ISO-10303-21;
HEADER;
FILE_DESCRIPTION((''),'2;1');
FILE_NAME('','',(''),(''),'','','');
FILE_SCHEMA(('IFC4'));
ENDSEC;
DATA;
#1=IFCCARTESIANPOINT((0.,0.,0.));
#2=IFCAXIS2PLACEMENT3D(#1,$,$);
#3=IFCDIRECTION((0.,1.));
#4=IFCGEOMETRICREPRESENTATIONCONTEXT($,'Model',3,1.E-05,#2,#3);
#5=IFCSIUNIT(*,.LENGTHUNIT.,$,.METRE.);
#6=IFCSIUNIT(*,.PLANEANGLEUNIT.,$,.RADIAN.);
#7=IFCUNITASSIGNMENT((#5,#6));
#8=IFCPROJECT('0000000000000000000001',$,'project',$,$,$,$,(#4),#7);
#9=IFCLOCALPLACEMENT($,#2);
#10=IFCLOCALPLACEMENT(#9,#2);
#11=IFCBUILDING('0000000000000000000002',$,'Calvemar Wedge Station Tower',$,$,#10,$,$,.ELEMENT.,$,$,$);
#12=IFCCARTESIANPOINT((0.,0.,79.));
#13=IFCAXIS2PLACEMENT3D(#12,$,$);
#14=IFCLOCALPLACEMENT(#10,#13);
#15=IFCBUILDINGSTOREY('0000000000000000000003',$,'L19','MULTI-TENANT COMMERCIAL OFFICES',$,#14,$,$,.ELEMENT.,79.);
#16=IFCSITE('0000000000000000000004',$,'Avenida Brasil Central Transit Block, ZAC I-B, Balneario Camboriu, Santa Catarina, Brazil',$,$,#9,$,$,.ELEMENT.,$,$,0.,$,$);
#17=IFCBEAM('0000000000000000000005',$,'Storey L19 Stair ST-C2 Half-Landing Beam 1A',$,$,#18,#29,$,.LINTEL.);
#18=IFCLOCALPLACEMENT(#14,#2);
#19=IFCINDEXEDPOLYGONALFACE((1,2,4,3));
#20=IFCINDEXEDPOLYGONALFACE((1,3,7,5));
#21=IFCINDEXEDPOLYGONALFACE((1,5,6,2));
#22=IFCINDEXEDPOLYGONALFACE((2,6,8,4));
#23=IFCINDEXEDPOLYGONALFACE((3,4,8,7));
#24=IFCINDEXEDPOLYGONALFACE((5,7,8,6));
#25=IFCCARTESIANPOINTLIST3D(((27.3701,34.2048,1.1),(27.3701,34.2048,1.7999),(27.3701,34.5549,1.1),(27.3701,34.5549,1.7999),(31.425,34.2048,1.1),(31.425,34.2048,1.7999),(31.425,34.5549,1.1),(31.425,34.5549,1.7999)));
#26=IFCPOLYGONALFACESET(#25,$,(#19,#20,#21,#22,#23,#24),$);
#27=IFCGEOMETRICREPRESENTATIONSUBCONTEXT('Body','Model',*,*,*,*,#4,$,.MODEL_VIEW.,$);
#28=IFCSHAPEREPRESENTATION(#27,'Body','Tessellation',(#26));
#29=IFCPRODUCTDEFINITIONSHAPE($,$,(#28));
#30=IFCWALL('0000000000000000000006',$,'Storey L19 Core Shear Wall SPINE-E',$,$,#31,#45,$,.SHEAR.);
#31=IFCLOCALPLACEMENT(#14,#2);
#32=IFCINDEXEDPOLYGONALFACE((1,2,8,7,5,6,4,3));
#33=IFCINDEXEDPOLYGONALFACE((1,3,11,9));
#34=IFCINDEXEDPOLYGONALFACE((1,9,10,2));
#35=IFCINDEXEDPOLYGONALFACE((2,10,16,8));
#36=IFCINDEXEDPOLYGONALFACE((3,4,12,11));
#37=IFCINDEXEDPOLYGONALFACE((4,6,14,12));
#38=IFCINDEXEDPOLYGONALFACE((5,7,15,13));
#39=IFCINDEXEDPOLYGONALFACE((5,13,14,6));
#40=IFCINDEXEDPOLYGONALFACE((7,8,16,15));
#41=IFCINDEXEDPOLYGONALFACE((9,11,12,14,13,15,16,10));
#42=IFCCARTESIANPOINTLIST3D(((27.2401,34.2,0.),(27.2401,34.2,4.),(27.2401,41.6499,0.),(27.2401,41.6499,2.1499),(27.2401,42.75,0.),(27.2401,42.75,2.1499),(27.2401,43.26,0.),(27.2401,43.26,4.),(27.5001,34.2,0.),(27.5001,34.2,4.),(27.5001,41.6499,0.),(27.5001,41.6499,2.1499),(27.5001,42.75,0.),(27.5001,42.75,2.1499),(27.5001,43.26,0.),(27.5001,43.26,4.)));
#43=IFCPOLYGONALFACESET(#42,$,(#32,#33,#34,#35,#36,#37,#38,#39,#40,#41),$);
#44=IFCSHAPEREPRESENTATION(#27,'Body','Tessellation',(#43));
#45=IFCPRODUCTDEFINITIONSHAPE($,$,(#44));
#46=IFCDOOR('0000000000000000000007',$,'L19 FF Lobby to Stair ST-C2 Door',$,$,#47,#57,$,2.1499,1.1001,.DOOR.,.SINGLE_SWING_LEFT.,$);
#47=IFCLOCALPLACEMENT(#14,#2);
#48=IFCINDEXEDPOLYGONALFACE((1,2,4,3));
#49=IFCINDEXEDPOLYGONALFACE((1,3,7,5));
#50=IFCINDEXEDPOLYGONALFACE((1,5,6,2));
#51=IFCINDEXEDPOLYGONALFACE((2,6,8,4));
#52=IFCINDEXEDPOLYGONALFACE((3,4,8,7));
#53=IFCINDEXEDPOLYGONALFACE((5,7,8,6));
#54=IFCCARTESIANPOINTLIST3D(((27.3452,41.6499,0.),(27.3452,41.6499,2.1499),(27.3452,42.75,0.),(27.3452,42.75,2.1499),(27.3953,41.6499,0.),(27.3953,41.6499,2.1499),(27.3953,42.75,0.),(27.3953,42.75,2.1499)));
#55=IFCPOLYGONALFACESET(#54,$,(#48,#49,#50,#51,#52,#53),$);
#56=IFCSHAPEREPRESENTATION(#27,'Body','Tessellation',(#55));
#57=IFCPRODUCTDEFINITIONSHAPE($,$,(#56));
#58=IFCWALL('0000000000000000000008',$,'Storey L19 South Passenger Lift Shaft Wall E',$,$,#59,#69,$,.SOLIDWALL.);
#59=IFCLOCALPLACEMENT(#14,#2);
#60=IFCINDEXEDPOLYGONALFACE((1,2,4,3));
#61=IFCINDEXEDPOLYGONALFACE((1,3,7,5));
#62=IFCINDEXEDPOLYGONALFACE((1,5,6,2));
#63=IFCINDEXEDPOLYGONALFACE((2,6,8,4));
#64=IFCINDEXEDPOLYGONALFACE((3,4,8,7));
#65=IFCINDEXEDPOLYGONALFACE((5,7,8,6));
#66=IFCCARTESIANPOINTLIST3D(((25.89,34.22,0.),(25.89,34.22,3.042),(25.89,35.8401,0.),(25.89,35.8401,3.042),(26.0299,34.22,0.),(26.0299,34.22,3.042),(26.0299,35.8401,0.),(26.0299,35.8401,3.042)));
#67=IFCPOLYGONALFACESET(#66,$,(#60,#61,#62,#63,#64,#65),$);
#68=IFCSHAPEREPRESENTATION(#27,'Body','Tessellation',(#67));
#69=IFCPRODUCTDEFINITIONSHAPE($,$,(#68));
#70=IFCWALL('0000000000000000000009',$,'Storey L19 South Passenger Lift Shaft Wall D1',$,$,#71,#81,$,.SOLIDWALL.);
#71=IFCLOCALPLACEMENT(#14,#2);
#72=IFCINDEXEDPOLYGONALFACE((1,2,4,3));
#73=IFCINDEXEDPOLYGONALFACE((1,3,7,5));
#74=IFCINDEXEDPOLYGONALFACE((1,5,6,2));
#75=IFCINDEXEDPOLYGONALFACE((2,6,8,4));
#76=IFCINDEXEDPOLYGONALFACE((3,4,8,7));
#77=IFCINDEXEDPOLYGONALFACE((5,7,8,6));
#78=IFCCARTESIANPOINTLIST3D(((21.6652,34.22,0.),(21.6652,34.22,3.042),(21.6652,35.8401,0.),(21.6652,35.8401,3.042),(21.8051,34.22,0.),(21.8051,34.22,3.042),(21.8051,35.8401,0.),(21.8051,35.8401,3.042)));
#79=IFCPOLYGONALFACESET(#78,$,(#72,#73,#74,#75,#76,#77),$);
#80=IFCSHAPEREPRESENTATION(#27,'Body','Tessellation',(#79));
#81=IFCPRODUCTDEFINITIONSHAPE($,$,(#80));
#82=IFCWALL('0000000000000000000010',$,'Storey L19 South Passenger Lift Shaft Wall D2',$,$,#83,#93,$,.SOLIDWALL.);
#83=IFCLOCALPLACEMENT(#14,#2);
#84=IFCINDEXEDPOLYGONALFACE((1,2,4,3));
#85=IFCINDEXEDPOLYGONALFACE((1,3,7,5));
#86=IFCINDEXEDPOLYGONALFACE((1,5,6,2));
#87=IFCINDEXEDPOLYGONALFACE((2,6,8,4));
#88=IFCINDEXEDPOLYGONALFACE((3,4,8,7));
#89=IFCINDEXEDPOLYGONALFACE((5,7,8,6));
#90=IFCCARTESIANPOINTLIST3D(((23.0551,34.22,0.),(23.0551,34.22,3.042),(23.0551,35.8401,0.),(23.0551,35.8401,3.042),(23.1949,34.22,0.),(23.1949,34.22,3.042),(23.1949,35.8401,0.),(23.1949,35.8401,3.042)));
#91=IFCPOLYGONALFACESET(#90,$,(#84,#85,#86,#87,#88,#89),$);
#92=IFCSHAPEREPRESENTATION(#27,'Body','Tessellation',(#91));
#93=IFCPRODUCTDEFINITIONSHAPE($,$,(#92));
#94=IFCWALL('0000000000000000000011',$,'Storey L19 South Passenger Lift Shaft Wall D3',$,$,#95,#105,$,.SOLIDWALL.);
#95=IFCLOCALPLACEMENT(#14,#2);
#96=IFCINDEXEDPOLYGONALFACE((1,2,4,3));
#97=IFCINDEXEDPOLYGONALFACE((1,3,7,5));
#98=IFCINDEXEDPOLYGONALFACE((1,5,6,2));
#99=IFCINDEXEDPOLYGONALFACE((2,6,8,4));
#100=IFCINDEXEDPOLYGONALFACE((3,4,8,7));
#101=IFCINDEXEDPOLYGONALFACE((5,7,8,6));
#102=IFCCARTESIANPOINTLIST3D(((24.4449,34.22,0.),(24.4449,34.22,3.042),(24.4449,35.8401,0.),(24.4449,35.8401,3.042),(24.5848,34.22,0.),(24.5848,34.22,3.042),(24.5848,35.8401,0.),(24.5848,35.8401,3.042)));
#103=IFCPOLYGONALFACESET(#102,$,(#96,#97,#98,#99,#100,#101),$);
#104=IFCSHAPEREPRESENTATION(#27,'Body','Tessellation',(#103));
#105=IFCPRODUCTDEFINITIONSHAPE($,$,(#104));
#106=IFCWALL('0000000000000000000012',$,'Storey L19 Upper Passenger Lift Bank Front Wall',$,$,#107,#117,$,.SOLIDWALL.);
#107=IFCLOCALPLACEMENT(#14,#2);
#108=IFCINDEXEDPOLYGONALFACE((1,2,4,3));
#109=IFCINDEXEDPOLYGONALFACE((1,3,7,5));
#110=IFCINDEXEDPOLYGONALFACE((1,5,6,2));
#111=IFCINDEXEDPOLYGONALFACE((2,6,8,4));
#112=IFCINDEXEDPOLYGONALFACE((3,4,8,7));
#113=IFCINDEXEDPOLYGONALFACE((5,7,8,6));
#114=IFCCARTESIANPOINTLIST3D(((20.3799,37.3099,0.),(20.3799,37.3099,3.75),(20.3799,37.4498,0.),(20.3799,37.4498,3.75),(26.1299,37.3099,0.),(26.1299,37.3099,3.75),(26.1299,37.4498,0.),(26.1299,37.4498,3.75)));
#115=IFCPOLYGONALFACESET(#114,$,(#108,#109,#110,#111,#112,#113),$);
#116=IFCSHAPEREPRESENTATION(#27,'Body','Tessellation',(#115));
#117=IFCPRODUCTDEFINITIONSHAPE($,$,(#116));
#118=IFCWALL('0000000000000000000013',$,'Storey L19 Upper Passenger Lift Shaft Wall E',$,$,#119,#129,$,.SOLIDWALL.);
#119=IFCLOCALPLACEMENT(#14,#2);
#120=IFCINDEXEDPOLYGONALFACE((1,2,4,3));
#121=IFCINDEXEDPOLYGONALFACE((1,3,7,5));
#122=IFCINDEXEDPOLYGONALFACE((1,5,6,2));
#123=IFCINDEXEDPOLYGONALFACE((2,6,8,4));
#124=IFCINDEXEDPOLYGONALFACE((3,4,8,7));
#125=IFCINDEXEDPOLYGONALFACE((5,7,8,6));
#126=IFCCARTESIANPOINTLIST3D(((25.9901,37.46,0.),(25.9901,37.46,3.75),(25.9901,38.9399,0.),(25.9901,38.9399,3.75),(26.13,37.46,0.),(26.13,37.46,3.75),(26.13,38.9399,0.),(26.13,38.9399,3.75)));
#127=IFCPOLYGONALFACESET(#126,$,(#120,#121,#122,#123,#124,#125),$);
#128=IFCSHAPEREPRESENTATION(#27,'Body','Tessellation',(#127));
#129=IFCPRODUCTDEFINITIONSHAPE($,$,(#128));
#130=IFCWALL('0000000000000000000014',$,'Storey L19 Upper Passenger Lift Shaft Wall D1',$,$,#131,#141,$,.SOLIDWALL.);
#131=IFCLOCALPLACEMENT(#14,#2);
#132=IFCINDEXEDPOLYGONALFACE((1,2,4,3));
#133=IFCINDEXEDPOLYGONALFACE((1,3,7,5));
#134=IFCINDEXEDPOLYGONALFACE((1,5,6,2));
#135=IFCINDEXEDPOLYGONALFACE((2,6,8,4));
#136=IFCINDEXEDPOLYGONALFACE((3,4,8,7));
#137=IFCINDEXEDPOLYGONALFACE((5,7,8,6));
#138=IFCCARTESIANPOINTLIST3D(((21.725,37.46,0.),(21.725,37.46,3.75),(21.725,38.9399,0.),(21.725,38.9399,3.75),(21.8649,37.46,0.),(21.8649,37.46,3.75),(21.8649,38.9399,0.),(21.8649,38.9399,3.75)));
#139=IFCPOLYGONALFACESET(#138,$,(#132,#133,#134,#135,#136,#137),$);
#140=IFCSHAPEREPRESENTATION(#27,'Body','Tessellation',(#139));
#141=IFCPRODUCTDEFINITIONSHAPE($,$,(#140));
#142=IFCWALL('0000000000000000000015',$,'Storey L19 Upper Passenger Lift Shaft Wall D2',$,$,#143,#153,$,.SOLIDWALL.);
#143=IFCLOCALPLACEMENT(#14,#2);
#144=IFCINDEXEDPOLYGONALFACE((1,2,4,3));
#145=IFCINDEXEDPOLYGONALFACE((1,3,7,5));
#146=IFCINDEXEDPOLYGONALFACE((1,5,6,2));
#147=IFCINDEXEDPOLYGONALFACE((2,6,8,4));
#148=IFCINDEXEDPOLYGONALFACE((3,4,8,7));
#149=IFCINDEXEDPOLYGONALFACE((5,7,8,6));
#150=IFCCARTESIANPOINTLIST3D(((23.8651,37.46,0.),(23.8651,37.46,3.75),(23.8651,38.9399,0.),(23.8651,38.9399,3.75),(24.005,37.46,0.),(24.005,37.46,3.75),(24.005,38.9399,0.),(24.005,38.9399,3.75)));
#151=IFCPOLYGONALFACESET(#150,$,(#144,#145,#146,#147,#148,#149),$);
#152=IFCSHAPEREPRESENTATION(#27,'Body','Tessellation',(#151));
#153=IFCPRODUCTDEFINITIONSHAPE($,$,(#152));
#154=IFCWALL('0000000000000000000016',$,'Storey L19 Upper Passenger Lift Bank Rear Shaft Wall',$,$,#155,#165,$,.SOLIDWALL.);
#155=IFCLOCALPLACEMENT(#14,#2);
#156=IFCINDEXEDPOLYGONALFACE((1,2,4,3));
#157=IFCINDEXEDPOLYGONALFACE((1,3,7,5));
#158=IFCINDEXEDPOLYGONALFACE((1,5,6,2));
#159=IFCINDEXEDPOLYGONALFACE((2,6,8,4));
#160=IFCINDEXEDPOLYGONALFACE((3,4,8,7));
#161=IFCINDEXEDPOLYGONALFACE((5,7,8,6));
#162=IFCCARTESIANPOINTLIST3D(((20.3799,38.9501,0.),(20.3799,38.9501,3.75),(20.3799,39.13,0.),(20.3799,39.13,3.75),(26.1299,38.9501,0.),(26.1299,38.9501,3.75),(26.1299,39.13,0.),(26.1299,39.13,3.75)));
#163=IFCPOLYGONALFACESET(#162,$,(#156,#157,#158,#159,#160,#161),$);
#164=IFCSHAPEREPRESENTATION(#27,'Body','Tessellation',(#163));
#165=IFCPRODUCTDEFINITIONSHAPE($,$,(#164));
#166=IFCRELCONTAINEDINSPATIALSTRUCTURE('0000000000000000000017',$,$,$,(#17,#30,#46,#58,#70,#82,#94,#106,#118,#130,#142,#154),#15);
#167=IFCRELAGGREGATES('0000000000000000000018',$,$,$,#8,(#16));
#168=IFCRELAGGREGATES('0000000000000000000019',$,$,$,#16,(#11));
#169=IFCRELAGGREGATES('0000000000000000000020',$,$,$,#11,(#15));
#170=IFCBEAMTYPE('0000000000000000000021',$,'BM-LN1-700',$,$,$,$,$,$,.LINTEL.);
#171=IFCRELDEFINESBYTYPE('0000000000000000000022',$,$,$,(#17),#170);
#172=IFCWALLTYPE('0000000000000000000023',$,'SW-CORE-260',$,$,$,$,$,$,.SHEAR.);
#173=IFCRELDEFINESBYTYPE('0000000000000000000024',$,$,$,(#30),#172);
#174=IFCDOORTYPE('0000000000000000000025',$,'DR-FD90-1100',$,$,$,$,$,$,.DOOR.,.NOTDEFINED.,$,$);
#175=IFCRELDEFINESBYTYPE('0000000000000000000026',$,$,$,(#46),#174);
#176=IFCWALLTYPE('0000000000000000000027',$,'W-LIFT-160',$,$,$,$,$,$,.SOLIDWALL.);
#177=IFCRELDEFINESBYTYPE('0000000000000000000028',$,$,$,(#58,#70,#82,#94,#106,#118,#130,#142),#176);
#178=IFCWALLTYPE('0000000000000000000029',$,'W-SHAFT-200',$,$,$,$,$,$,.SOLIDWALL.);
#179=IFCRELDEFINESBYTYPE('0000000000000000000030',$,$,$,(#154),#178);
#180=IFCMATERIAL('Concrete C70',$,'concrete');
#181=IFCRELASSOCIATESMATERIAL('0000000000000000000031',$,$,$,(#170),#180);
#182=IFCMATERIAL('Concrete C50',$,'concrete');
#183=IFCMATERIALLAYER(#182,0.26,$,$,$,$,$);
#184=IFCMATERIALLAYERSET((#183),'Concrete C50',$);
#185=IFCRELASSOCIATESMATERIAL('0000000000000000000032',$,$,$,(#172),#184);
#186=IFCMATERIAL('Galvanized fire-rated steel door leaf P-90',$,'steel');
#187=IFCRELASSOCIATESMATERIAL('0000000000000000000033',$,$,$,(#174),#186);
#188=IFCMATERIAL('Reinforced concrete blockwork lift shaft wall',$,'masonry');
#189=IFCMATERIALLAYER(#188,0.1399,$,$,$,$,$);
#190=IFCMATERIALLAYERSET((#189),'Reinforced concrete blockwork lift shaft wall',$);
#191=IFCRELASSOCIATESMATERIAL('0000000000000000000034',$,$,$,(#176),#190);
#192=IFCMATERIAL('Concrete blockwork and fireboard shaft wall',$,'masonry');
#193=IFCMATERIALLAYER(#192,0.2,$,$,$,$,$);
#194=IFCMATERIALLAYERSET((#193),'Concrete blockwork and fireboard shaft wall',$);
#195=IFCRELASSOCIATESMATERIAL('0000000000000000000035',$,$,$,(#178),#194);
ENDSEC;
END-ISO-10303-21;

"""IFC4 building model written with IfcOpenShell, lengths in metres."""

from ifc_helpers import new_model, si_unit, direction, frame, frame_2d, origin, origin_2d, place, context, subcontext, project, spatial, rectangle, extrude, source, transform, mapped, material, layer, layer_set, material_profile, profile_set, type_object, element, fill, save


model = new_model("IFC4")

# Units and contexts
model_context = context("Model", 3, precision=1e-05, world=origin(), true_north=direction((0.0, 1.0)))
body_context = subcontext(model_context, "Body", "Model", "MODEL_VIEW")
ifc_project = project(units=[si_unit("LENGTHUNIT", "METRE"), si_unit("PLANEANGLEUNIT", "RADIAN")], contexts=[model_context])

# Site, building, storey
site_placement = place(None, origin())
site = spatial("IfcSite", under=ifc_project, at=site_placement, Name="Avenida Brasil Central Transit Block, ZAC I-B, Balneario Camboriu, Santa Catarina, Brazil", CompositionType="ELEMENT", RefElevation=0.0)
building_placement = place(site_placement, origin())
building = spatial("IfcBuilding", under=site, at=building_placement, Name="Calvemar Wedge Station Tower", CompositionType="ELEMENT")
storey_placement = place(building_placement, frame((0.0, 0.0, 79.0)))
storey = spatial("IfcBuildingStorey", under=building, at=storey_placement, Name="L19", Description="MULTI-TENANT COMMERCIAL OFFICES", CompositionType="ELEMENT", Elevation=79.0)

# Beam
ifc_material_1 = material(Name="Concrete C70", Category="concrete")
ifc_material_profile = material_profile(ifc_material_1, rectangle(XDim=0.3501, YDim=0.7, at=origin_2d()), Name="RC350x700")
ifc_profile_set = profile_set([ifc_material_profile], Name="Concrete C70")
beam_type = type_object("IfcBeamType", Name="BM-LN1-700", PredefinedType="LINTEL", material=ifc_profile_set)
shared_shape_1 = source(origin(), body_context, "Body", "SweptSolid", [
    extrude(rectangle(XDim=0.3501, YDim=0.7, at=origin_2d()), origin(), (0.0, 0.0, 1.0), 4.0549),
])
beam_placement = place(storey_placement, frame((27.3701, 34.3799, 1.45), z_axis=(1.0, 0.0, 0.0), x_axis=(0.0, 1.0, 0.0)))
element("IfcBeam", 1, at=beam_placement, inside=storey, type_object=beam_type, Name="Storey L19 Stair ST-C2 Half-Landing Beam 1A", PredefinedType="LINTEL", context=body_context, shape_type="MappedRepresentation", body=[
    mapped(shared_shape_1, transform((0.0, 0.0, 0.0), scale=1.0)),
])

# Wall, opening, door
ifc_material_2 = material(Name="Concrete C50", Category="concrete")
ifc_layer_1 = layer(ifc_material_2, 0.26)
ifc_layer_set_1 = layer_set([ifc_layer_1], Name="Concrete C50")
wall_type_1 = type_object("IfcWallType", Name="SW-CORE-260", PredefinedType="SHEAR", material=ifc_layer_set_1)
wall_1_placement = place(storey_placement, frame((27.3701, 34.2, 0.0), z_axis=(0.0, 0.0, 1.0), x_axis=(0.0, 1.0, 0.0)))
wall_1 = element("IfcWall", 2, at=wall_1_placement, inside=storey, type_object=wall_type_1, Name="Storey L19 Core Shear Wall SPINE-E", PredefinedType="SHEAR", context=body_context, shape_type="SweptSolid", body=[
    extrude(rectangle(XDim=9.0601, YDim=0.26, at=frame_2d((4.53, 0.0))), origin(), (0.0, 0.0, 1.0), 4.0),
])
shared_shape_2 = source(origin(), body_context, "Body", "SweptSolid", [
    extrude(rectangle(XDim=1.1001, YDim=2.1499, at=frame_2d((0.55, 1.075))), frame((0.0, 0.1401, 0.0), z_axis=(0.0, -1.0, 0.0), x_axis=(1.0, 0.0, 0.0)), (0.0, 0.0, 1.0), 0.28),
])
opening_1_placement = place(wall_1_placement, frame((7.45, 0.0, 0.0)))
opening_1 = element("IfcOpeningElement", 3, at=opening_1_placement, cuts=wall_1, PredefinedType="OPENING", context=body_context, shape_type="MappedRepresentation", body=[
    mapped(shared_shape_2, transform((0.0, 0.0, 0.0), scale=1.0)),
])
ifc_material_3 = material(Name="Galvanized fire-rated steel door leaf P-90", Category="steel")
door_type_1 = type_object("IfcDoorType", Name="DR-FD90-1100", OperationType="NOTDEFINED", PredefinedType="DOOR", material=ifc_material_3)
shared_shape_3 = source(origin(), body_context, "Body", "SweptSolid", [
    extrude(rectangle(XDim=1.1001, YDim=2.1499, at=frame_2d((0.55, 1.075))), frame((0.0, 0.0249, 0.0), z_axis=(0.0, -1.0, 0.0), x_axis=(1.0, 0.0, 0.0)), (0.0, 0.0, 1.0), 0.05),
])
door_1_placement = place(opening_1_placement, origin())
door_1 = element("IfcDoor", 4, at=door_1_placement, inside=storey, type_object=door_type_1, Name="L19 FF Lobby to Stair ST-C2 Door", OperationType="SINGLE_SWING_LEFT", OverallHeight=2.1499, OverallWidth=1.1001, PredefinedType="DOOR", context=body_context, shape_type="MappedRepresentation", body=[
    mapped(shared_shape_3, transform((0.0, 0.0, 0.0), scale=1.0)),
])
fill(opening_1, door_1)

# Shared definitions
ifc_material_4 = material(Name="Reinforced concrete blockwork lift shaft wall", Category="masonry")
ifc_layer_2 = layer(ifc_material_4, 0.1399)
ifc_layer_set_2 = layer_set([ifc_layer_2], Name="Reinforced concrete blockwork lift shaft wall")
wall_type_2 = type_object("IfcWallType", Name="W-LIFT-160", PredefinedType="SOLIDWALL", material=ifc_layer_set_2)

# Walls
for number, where, z_axis, x_axis, name in (
    (5, (25.96, 34.22, 0.0), (0.0, 0.0, 1.0), (0.0, 1.0, 0.0), "Storey L19 South Passenger Lift Shaft Wall E"),
    (6, (21.7351, 34.22, 0.0), (0.0, 0.0, 1.0), (0.0, 1.0, 0.0), "Storey L19 South Passenger Lift Shaft Wall D1"),
    (7, (23.125, 34.22, 0.0), (0.0, 0.0, 1.0), (0.0, 1.0, 0.0), "Storey L19 South Passenger Lift Shaft Wall D2"),
    (8, (24.5149, 34.22, 0.0), (0.0, 0.0, 1.0), (0.0, 1.0, 0.0), "Storey L19 South Passenger Lift Shaft Wall D3"),
):
    element("IfcWall", number, at=place(storey_placement, frame(where, z_axis=z_axis, x_axis=x_axis)), inside=storey, type_object=wall_type_2, Name=name, PredefinedType="SOLIDWALL", context=body_context, shape_type="SweptSolid", body=[
        extrude(rectangle(XDim=1.6201, YDim=0.1399, at=frame_2d((0.8101, 0.0))), origin(), (0.0, 0.0, 1.0), 3.042),
    ])
wall_2_placement = place(storey_placement, frame((20.3799, 37.3799, 0.0), z_axis=(0.0, 0.0, 1.0), x_axis=(1.0, 0.0, 0.0)))
element("IfcWall", 9, at=wall_2_placement, inside=storey, type_object=wall_type_2, Name="Storey L19 Upper Passenger Lift Bank Front Wall", PredefinedType="SOLIDWALL", context=body_context, shape_type="SweptSolid", body=[
    extrude(rectangle(XDim=5.75, YDim=0.1399, at=frame_2d((2.875, 0.0))), origin(), (0.0, 0.0, 1.0), 3.75),
])
for number, where, z_axis, x_axis, name in (
    (10, (26.0601, 37.46, 0.0), (0.0, 0.0, 1.0), (0.0, 1.0, 0.0), "Storey L19 Upper Passenger Lift Shaft Wall E"),
    (11, (21.7949, 37.46, 0.0), (0.0, 0.0, 1.0), (0.0, 1.0, 0.0), "Storey L19 Upper Passenger Lift Shaft Wall D1"),
    (12, (23.9351, 37.46, 0.0), (0.0, 0.0, 1.0), (0.0, 1.0, 0.0), "Storey L19 Upper Passenger Lift Shaft Wall D2"),
):
    element("IfcWall", number, at=place(storey_placement, frame(where, z_axis=z_axis, x_axis=x_axis)), inside=storey, type_object=wall_type_2, Name=name, PredefinedType="SOLIDWALL", context=body_context, shape_type="SweptSolid", body=[
        extrude(rectangle(XDim=1.48, YDim=0.1399, at=frame_2d((0.74, 0.0))), origin(), (0.0, 0.0, 1.0), 3.75),
    ])
ifc_material_5 = material(Name="Concrete blockwork and fireboard shaft wall", Category="masonry")
ifc_layer_3 = layer(ifc_material_5, 0.2)
ifc_layer_set_3 = layer_set([ifc_layer_3], Name="Concrete blockwork and fireboard shaft wall")
wall_type_3 = type_object("IfcWallType", Name="W-SHAFT-200", PredefinedType="SOLIDWALL", material=ifc_layer_set_3)
wall_3_placement = place(storey_placement, frame((20.3799, 39.04, 0.0), z_axis=(0.0, 0.0, 1.0), x_axis=(1.0, 0.0, 0.0)))
element("IfcWall", 13, at=wall_3_placement, inside=storey, type_object=wall_type_3, Name="Storey L19 Upper Passenger Lift Bank Rear Shaft Wall", PredefinedType="SOLIDWALL", context=body_context, shape_type="SweptSolid", body=[
    extrude(rectangle(XDim=5.75, YDim=0.1799, at=frame_2d((2.875, 0.0))), origin(), (0.0, 0.0, 1.0), 3.75),
])

save(model, "model.ifc")
